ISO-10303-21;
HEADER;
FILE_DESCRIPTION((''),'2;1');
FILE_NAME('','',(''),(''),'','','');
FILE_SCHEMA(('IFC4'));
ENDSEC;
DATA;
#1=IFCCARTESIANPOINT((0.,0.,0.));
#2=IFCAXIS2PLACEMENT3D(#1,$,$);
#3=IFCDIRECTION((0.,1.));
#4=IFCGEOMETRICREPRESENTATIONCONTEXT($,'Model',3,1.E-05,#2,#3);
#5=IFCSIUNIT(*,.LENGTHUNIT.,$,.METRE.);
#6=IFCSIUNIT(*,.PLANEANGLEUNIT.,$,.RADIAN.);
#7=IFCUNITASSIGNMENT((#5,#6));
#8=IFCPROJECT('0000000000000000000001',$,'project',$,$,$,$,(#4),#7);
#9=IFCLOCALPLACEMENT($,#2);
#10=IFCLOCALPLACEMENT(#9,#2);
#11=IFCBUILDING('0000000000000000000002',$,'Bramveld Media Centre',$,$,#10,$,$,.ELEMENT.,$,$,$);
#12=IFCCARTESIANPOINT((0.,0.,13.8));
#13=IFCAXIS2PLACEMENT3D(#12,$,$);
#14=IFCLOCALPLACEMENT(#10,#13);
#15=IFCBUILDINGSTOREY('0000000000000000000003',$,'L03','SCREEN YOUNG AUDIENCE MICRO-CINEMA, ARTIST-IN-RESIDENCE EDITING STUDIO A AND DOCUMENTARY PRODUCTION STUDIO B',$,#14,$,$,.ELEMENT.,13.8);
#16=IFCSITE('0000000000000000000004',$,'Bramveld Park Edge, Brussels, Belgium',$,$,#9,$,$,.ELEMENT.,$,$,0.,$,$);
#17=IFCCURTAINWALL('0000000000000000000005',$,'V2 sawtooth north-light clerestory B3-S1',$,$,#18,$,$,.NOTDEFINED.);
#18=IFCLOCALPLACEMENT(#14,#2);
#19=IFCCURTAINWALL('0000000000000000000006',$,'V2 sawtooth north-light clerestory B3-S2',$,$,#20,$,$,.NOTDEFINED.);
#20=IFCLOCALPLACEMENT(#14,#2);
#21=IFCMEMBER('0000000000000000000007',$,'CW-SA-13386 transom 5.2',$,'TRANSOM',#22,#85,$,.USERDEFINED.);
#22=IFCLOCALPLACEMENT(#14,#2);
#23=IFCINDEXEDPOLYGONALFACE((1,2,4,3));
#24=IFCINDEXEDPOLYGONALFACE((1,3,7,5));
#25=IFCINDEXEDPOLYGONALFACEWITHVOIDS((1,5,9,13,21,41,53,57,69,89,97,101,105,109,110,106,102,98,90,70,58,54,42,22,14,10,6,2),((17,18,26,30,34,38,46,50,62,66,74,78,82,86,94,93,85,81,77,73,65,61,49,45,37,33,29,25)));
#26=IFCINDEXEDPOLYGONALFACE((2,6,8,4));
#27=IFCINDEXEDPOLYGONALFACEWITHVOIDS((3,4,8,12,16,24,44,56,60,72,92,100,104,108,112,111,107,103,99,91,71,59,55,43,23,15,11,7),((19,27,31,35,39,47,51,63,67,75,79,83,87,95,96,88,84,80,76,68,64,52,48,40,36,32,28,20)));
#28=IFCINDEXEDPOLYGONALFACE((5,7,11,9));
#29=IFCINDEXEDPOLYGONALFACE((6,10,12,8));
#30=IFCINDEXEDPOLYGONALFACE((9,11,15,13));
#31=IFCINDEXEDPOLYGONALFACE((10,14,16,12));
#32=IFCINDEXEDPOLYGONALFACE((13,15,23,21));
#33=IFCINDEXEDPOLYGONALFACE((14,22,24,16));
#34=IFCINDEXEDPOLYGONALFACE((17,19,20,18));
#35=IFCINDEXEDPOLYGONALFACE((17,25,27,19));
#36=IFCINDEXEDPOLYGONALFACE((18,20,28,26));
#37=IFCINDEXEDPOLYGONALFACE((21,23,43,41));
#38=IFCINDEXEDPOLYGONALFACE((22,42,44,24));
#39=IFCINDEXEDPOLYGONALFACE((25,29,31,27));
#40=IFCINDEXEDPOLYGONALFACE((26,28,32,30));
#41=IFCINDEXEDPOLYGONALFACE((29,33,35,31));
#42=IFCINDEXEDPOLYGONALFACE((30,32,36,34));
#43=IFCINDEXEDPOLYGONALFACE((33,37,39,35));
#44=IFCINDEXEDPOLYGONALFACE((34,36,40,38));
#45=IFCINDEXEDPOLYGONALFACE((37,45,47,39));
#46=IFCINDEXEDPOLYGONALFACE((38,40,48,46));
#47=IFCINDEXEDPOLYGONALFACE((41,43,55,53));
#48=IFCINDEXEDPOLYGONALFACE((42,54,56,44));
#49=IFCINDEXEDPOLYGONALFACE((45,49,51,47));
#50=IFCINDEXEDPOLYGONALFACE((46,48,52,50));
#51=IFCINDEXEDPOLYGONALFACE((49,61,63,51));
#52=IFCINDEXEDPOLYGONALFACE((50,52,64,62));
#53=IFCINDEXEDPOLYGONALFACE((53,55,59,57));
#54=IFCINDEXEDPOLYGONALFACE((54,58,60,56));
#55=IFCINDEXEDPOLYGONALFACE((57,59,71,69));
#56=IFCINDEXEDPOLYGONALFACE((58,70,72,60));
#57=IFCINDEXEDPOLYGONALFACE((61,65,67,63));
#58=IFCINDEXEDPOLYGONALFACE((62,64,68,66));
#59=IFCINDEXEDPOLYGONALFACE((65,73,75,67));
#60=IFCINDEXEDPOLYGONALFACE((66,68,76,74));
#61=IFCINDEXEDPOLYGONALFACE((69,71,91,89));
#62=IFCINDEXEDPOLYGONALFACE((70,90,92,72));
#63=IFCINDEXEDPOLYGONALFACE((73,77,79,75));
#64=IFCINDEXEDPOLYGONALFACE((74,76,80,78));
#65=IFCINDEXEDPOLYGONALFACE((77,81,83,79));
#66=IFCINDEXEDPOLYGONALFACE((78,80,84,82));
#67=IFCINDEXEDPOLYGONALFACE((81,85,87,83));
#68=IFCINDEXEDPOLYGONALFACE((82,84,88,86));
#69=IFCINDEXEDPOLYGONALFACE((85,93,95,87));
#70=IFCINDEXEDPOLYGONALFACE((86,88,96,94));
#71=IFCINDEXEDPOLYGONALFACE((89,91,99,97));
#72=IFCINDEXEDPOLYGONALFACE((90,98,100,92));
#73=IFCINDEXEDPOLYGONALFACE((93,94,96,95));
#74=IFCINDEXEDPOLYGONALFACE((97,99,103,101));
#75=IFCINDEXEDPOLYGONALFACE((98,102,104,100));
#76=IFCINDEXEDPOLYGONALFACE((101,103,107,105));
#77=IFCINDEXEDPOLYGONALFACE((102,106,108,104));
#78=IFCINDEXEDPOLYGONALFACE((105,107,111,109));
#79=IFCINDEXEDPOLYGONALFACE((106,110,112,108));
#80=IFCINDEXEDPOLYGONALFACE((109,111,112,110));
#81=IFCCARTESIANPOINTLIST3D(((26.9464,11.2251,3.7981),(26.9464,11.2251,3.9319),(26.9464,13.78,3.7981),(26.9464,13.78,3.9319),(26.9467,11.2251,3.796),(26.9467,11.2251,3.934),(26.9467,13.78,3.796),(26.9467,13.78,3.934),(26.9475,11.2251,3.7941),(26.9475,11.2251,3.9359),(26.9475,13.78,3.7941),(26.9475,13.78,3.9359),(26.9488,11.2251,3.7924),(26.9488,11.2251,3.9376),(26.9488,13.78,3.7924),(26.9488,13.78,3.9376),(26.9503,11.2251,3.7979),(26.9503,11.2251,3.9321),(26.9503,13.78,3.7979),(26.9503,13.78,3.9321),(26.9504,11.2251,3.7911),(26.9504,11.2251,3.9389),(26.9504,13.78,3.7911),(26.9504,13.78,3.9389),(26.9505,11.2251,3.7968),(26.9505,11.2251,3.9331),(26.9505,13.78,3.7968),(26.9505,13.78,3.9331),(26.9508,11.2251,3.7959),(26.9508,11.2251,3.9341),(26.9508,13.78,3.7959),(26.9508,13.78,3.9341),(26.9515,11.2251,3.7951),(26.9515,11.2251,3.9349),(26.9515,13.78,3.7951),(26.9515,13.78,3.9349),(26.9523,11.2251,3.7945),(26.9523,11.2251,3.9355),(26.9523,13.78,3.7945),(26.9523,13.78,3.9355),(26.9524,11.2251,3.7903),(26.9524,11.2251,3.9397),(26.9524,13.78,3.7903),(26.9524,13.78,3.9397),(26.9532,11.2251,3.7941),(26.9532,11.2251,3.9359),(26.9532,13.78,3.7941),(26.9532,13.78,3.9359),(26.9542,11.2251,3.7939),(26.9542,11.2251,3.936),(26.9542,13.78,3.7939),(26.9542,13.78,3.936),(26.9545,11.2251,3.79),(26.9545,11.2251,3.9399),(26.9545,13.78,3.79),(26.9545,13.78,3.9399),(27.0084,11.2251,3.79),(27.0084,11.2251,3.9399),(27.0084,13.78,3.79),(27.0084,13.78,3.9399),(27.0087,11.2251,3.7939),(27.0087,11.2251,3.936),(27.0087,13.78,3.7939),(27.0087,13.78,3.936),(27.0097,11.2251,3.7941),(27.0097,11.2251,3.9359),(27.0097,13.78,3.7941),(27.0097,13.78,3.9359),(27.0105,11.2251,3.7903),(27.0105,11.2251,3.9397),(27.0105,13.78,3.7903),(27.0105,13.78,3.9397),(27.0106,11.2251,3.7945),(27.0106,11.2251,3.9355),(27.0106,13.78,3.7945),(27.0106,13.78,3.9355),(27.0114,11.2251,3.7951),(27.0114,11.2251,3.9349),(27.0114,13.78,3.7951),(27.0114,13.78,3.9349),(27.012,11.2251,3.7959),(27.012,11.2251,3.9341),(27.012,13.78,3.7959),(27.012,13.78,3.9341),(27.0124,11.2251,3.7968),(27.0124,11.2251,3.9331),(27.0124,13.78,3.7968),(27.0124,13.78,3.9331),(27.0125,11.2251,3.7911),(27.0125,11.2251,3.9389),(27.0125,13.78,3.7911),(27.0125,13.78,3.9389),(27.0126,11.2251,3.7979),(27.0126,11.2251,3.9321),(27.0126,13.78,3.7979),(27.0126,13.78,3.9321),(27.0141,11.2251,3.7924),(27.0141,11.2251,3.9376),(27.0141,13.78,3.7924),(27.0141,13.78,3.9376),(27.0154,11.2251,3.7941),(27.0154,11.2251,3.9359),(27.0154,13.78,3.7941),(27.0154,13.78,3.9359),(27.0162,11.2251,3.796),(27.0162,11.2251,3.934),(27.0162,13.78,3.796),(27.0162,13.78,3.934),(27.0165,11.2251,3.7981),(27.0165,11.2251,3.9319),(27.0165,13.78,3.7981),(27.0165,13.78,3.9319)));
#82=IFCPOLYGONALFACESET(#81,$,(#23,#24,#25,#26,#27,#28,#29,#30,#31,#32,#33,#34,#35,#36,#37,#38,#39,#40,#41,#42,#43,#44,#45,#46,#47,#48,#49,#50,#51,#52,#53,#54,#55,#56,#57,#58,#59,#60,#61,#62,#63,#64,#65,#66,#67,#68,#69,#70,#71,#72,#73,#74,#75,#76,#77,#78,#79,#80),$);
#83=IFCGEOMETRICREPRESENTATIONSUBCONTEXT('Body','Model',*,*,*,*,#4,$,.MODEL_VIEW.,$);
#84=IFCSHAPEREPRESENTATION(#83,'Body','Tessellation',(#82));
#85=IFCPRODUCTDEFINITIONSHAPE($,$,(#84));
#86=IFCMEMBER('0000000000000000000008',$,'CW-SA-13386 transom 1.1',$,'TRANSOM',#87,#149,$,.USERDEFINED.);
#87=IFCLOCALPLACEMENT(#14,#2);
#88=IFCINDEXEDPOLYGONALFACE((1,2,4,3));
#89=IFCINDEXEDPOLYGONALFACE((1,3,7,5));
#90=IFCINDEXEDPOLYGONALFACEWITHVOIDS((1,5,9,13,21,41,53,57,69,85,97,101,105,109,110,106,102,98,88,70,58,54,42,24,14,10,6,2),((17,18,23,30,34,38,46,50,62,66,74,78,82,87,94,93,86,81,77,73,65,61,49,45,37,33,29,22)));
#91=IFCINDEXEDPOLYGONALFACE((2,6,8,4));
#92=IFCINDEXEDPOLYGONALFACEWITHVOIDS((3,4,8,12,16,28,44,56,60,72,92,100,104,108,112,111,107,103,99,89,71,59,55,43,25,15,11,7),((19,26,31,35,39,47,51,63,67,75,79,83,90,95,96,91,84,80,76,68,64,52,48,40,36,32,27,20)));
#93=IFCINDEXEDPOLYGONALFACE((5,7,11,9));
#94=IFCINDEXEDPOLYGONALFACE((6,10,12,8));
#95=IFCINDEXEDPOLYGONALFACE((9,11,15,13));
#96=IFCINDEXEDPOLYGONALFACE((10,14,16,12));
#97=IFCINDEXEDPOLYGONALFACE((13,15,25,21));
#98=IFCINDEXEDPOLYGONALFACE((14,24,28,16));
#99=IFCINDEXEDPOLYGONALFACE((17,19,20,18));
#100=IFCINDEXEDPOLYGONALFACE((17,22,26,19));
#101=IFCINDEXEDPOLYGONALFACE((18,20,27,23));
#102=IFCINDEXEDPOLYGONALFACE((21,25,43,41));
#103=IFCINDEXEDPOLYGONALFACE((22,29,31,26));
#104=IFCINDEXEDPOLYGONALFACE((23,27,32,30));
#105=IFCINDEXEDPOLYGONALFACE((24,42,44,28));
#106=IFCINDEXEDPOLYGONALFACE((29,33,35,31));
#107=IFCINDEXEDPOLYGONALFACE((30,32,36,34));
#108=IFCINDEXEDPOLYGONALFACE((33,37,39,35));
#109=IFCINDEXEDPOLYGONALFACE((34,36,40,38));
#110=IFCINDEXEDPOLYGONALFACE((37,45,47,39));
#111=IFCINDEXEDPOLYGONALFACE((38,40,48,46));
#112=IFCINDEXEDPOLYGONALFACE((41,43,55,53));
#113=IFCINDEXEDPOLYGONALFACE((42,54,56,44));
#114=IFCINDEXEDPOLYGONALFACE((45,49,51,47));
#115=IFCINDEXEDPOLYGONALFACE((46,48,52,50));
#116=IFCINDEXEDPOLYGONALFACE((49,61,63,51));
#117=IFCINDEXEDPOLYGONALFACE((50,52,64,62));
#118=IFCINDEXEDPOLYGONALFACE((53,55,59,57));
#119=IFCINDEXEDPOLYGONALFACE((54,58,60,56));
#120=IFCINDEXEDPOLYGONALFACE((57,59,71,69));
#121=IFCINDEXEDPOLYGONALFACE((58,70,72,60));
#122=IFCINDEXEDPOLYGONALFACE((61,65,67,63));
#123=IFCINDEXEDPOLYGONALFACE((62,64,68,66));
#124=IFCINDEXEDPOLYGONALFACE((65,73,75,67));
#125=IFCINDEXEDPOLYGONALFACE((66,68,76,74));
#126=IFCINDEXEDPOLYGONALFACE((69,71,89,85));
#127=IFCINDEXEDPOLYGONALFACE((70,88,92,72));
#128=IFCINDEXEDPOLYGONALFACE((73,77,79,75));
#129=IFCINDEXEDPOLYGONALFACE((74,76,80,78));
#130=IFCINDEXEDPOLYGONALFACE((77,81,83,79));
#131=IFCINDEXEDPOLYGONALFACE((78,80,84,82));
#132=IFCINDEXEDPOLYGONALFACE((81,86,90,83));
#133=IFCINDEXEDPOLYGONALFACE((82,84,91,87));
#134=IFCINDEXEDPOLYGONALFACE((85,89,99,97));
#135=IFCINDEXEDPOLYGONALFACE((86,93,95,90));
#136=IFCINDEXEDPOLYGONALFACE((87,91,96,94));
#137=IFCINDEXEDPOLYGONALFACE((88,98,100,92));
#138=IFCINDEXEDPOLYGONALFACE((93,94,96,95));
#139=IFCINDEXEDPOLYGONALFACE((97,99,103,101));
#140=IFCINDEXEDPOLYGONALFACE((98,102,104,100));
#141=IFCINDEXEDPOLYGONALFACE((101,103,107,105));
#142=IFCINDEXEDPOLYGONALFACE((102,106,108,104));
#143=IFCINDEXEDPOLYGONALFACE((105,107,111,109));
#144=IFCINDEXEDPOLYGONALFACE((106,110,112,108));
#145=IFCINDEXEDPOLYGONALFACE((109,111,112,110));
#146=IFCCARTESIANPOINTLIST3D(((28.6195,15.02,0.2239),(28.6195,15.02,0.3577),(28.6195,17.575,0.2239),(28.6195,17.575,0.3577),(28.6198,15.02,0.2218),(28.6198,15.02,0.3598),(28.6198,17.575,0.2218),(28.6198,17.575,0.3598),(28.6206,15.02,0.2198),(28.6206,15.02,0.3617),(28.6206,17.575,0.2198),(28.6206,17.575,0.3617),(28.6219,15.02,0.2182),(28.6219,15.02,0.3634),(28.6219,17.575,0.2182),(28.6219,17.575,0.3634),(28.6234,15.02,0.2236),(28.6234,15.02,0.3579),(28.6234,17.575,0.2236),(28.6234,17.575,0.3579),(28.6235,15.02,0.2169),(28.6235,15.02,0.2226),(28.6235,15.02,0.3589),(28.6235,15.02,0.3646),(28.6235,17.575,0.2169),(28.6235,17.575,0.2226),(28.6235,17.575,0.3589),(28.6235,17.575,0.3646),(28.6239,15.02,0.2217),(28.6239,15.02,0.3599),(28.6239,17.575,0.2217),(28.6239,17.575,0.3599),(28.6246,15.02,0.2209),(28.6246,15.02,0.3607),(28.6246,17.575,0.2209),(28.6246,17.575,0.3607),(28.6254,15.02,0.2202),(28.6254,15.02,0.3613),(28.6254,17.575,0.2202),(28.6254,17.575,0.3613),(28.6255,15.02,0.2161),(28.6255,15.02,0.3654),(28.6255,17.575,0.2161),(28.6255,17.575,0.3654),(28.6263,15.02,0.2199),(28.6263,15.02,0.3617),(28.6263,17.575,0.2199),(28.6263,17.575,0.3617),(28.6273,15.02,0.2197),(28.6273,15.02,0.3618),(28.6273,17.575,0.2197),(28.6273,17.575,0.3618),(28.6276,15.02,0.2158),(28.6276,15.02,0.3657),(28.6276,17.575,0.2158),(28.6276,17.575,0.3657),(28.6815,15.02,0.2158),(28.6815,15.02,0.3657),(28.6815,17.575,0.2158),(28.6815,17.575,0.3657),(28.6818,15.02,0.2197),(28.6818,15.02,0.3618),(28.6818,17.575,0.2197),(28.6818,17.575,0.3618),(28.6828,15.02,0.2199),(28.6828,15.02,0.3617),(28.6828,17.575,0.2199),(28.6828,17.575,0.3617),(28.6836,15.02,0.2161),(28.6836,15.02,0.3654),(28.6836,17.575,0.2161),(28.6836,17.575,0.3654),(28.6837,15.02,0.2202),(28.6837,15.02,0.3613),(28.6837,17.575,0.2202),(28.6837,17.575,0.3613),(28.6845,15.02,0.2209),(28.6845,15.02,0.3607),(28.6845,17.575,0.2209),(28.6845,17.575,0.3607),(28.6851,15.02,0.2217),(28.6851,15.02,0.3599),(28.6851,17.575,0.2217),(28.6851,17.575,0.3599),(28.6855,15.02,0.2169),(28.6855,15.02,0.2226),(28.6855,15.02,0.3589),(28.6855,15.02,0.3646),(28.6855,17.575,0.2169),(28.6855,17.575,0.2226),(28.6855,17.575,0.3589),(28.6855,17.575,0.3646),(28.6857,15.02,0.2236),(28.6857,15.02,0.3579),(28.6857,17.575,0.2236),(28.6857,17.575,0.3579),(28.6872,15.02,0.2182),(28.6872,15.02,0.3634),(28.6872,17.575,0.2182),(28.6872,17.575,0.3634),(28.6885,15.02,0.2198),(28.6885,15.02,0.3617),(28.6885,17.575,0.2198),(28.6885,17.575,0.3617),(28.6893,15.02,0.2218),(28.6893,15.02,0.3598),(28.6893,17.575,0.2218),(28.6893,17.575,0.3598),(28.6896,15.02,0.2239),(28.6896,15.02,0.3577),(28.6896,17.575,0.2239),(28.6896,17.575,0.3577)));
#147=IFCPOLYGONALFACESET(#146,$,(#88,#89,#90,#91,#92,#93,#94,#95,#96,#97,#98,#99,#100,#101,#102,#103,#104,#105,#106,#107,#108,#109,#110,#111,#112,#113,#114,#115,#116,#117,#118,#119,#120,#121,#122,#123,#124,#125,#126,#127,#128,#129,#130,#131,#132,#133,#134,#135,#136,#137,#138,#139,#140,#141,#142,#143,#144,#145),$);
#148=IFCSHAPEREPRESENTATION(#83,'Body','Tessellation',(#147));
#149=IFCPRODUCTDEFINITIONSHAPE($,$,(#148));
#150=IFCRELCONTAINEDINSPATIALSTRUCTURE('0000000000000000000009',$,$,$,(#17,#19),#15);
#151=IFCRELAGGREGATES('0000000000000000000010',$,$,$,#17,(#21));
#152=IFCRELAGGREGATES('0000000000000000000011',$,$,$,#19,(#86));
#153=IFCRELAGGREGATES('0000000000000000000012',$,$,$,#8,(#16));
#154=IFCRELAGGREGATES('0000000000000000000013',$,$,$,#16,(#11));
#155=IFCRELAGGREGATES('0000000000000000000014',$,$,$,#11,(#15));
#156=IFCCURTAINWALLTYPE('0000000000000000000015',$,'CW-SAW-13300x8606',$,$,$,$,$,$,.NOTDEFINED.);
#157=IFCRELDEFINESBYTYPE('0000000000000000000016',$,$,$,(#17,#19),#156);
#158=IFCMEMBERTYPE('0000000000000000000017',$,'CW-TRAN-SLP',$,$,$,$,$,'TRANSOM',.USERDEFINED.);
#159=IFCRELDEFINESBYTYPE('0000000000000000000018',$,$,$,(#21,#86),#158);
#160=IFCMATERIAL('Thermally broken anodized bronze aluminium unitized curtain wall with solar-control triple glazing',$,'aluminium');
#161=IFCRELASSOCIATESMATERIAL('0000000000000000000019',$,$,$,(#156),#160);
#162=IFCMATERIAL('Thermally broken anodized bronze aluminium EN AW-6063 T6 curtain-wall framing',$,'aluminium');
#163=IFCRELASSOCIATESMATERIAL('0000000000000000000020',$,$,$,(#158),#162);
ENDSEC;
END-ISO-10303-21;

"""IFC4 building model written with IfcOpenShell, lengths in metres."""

from ifc_helpers import new_model, si_unit, direction, frame, origin, origin_2d, place, context, subcontext, project, spatial, hollow_rectangle, extrude, material, material_profile, profile_set, type_object, element, aggregate, save


model = new_model("IFC4")

# Units and contexts
model_context = context("Model", 3, precision=1e-05, world=origin(), true_north=direction((0.0, 1.0)))
body_context = subcontext(model_context, "Body", "Model", "MODEL_VIEW")
ifc_project = project(units=[si_unit("LENGTHUNIT", "METRE"), si_unit("PLANEANGLEUNIT", "RADIAN")], contexts=[model_context])

# Site, building, storey
site_placement = place(None, origin())
site = spatial("IfcSite", under=ifc_project, at=site_placement, Name="Bramveld Park Edge, Brussels, Belgium", CompositionType="ELEMENT", RefElevation=0.0)
building_placement = place(site_placement, origin())
building = spatial("IfcBuilding", under=site, at=building_placement, Name="Bramveld Media Centre", CompositionType="ELEMENT")
storey_placement = place(building_placement, frame((0.0, 0.0, 13.8)))
storey = spatial("IfcBuildingStorey", under=building, at=storey_placement, Name="L03", Description="SCREEN YOUNG AUDIENCE MICRO-CINEMA, ARTIST-IN-RESIDENCE EDITING STUDIO A AND DOCUMENTARY PRODUCTION STUDIO B", CompositionType="ELEMENT", Elevation=13.8)

# Curtain wall
ifc_material_1 = material(Name="Thermally broken anodized bronze aluminium unitized curtain wall with solar-control triple glazing", Category="aluminium")
curtain_wall_type = type_object("IfcCurtainWallType", Name="CW-SAW-13300x8606", PredefinedType="NOTDEFINED", material=ifc_material_1)
curtain_wall_1_placement = place(storey_placement, origin())
curtain_wall_1 = element("IfcCurtainWall", 1, at=curtain_wall_1_placement, inside=storey, type_object=curtain_wall_type, Name="V2 sawtooth north-light clerestory B3-S1", PredefinedType="NOTDEFINED")

# Curtain wall
curtain_wall_2_placement = place(storey_placement, origin())
curtain_wall_2 = element("IfcCurtainWall", 2, at=curtain_wall_2_placement, inside=storey, type_object=curtain_wall_type, Name="V2 sawtooth north-light clerestory B3-S2", PredefinedType="NOTDEFINED")

# Members
ifc_material_2 = material(Name="Thermally broken anodized bronze aluminium EN AW-6063 T6 curtain-wall framing", Category="aluminium")
ifc_material_profile_1 = material_profile(ifc_material_2, hollow_rectangle(XDim=0.0701, YDim=0.1499, WallThickness=0.0039, InnerFilletRadius=0.0039, OuterFilletRadius=0.0081, at=origin_2d()), Name="AL-TRAN 70x150")
ifc_profile_set_1 = profile_set([ifc_material_profile_1], Name="Thermally broken anodized bronze aluminium EN AW-6063 T6 curtain-wall framing")
member_type_1 = type_object("IfcMemberType", Name="CW-TRAN-SLP", ElementType="TRANSOM", PredefinedType="USERDEFINED", material=ifc_profile_set_1)
member_1_placement = place(storey_placement, frame((26.9814, 11.2251, 3.865), z_axis=(0.0, 1.0, 0.0), x_axis=(-1.0, 0.0, 0.0)))
member_1 = element("IfcMember", 3, at=member_1_placement, type_object=member_type_1, Name="CW-SA-13386 transom 5.2", ObjectType="TRANSOM", PredefinedType="USERDEFINED", context=body_context, shape_type="SweptSolid", body=[
    extrude(hollow_rectangle(XDim=0.0701, YDim=0.1499, WallThickness=0.0039, InnerFilletRadius=0.0039, OuterFilletRadius=0.0081, at=origin_2d()), origin(), (0.0, 0.0, 1.0), 2.5549),
])
member_2_placement = place(storey_placement, frame((28.6545, 15.02, 0.2908), z_axis=(0.0, 1.0, 0.0), x_axis=(-1.0, 0.0, 0.0)))
member_2 = element("IfcMember", 4, at=member_2_placement, type_object=member_type_1, Name="CW-SA-13386 transom 1.1", ObjectType="TRANSOM", PredefinedType="USERDEFINED", context=body_context, shape_type="SweptSolid", body=[
    extrude(hollow_rectangle(XDim=0.0701, YDim=0.1499, WallThickness=0.0039, InnerFilletRadius=0.0039, OuterFilletRadius=0.0081, at=origin_2d()), origin(), (0.0, 0.0, 1.0), 2.5549),
])

aggregate(curtain_wall_1, [member_1])
aggregate(curtain_wall_2, [member_2])

save(model, "model.ifc")
